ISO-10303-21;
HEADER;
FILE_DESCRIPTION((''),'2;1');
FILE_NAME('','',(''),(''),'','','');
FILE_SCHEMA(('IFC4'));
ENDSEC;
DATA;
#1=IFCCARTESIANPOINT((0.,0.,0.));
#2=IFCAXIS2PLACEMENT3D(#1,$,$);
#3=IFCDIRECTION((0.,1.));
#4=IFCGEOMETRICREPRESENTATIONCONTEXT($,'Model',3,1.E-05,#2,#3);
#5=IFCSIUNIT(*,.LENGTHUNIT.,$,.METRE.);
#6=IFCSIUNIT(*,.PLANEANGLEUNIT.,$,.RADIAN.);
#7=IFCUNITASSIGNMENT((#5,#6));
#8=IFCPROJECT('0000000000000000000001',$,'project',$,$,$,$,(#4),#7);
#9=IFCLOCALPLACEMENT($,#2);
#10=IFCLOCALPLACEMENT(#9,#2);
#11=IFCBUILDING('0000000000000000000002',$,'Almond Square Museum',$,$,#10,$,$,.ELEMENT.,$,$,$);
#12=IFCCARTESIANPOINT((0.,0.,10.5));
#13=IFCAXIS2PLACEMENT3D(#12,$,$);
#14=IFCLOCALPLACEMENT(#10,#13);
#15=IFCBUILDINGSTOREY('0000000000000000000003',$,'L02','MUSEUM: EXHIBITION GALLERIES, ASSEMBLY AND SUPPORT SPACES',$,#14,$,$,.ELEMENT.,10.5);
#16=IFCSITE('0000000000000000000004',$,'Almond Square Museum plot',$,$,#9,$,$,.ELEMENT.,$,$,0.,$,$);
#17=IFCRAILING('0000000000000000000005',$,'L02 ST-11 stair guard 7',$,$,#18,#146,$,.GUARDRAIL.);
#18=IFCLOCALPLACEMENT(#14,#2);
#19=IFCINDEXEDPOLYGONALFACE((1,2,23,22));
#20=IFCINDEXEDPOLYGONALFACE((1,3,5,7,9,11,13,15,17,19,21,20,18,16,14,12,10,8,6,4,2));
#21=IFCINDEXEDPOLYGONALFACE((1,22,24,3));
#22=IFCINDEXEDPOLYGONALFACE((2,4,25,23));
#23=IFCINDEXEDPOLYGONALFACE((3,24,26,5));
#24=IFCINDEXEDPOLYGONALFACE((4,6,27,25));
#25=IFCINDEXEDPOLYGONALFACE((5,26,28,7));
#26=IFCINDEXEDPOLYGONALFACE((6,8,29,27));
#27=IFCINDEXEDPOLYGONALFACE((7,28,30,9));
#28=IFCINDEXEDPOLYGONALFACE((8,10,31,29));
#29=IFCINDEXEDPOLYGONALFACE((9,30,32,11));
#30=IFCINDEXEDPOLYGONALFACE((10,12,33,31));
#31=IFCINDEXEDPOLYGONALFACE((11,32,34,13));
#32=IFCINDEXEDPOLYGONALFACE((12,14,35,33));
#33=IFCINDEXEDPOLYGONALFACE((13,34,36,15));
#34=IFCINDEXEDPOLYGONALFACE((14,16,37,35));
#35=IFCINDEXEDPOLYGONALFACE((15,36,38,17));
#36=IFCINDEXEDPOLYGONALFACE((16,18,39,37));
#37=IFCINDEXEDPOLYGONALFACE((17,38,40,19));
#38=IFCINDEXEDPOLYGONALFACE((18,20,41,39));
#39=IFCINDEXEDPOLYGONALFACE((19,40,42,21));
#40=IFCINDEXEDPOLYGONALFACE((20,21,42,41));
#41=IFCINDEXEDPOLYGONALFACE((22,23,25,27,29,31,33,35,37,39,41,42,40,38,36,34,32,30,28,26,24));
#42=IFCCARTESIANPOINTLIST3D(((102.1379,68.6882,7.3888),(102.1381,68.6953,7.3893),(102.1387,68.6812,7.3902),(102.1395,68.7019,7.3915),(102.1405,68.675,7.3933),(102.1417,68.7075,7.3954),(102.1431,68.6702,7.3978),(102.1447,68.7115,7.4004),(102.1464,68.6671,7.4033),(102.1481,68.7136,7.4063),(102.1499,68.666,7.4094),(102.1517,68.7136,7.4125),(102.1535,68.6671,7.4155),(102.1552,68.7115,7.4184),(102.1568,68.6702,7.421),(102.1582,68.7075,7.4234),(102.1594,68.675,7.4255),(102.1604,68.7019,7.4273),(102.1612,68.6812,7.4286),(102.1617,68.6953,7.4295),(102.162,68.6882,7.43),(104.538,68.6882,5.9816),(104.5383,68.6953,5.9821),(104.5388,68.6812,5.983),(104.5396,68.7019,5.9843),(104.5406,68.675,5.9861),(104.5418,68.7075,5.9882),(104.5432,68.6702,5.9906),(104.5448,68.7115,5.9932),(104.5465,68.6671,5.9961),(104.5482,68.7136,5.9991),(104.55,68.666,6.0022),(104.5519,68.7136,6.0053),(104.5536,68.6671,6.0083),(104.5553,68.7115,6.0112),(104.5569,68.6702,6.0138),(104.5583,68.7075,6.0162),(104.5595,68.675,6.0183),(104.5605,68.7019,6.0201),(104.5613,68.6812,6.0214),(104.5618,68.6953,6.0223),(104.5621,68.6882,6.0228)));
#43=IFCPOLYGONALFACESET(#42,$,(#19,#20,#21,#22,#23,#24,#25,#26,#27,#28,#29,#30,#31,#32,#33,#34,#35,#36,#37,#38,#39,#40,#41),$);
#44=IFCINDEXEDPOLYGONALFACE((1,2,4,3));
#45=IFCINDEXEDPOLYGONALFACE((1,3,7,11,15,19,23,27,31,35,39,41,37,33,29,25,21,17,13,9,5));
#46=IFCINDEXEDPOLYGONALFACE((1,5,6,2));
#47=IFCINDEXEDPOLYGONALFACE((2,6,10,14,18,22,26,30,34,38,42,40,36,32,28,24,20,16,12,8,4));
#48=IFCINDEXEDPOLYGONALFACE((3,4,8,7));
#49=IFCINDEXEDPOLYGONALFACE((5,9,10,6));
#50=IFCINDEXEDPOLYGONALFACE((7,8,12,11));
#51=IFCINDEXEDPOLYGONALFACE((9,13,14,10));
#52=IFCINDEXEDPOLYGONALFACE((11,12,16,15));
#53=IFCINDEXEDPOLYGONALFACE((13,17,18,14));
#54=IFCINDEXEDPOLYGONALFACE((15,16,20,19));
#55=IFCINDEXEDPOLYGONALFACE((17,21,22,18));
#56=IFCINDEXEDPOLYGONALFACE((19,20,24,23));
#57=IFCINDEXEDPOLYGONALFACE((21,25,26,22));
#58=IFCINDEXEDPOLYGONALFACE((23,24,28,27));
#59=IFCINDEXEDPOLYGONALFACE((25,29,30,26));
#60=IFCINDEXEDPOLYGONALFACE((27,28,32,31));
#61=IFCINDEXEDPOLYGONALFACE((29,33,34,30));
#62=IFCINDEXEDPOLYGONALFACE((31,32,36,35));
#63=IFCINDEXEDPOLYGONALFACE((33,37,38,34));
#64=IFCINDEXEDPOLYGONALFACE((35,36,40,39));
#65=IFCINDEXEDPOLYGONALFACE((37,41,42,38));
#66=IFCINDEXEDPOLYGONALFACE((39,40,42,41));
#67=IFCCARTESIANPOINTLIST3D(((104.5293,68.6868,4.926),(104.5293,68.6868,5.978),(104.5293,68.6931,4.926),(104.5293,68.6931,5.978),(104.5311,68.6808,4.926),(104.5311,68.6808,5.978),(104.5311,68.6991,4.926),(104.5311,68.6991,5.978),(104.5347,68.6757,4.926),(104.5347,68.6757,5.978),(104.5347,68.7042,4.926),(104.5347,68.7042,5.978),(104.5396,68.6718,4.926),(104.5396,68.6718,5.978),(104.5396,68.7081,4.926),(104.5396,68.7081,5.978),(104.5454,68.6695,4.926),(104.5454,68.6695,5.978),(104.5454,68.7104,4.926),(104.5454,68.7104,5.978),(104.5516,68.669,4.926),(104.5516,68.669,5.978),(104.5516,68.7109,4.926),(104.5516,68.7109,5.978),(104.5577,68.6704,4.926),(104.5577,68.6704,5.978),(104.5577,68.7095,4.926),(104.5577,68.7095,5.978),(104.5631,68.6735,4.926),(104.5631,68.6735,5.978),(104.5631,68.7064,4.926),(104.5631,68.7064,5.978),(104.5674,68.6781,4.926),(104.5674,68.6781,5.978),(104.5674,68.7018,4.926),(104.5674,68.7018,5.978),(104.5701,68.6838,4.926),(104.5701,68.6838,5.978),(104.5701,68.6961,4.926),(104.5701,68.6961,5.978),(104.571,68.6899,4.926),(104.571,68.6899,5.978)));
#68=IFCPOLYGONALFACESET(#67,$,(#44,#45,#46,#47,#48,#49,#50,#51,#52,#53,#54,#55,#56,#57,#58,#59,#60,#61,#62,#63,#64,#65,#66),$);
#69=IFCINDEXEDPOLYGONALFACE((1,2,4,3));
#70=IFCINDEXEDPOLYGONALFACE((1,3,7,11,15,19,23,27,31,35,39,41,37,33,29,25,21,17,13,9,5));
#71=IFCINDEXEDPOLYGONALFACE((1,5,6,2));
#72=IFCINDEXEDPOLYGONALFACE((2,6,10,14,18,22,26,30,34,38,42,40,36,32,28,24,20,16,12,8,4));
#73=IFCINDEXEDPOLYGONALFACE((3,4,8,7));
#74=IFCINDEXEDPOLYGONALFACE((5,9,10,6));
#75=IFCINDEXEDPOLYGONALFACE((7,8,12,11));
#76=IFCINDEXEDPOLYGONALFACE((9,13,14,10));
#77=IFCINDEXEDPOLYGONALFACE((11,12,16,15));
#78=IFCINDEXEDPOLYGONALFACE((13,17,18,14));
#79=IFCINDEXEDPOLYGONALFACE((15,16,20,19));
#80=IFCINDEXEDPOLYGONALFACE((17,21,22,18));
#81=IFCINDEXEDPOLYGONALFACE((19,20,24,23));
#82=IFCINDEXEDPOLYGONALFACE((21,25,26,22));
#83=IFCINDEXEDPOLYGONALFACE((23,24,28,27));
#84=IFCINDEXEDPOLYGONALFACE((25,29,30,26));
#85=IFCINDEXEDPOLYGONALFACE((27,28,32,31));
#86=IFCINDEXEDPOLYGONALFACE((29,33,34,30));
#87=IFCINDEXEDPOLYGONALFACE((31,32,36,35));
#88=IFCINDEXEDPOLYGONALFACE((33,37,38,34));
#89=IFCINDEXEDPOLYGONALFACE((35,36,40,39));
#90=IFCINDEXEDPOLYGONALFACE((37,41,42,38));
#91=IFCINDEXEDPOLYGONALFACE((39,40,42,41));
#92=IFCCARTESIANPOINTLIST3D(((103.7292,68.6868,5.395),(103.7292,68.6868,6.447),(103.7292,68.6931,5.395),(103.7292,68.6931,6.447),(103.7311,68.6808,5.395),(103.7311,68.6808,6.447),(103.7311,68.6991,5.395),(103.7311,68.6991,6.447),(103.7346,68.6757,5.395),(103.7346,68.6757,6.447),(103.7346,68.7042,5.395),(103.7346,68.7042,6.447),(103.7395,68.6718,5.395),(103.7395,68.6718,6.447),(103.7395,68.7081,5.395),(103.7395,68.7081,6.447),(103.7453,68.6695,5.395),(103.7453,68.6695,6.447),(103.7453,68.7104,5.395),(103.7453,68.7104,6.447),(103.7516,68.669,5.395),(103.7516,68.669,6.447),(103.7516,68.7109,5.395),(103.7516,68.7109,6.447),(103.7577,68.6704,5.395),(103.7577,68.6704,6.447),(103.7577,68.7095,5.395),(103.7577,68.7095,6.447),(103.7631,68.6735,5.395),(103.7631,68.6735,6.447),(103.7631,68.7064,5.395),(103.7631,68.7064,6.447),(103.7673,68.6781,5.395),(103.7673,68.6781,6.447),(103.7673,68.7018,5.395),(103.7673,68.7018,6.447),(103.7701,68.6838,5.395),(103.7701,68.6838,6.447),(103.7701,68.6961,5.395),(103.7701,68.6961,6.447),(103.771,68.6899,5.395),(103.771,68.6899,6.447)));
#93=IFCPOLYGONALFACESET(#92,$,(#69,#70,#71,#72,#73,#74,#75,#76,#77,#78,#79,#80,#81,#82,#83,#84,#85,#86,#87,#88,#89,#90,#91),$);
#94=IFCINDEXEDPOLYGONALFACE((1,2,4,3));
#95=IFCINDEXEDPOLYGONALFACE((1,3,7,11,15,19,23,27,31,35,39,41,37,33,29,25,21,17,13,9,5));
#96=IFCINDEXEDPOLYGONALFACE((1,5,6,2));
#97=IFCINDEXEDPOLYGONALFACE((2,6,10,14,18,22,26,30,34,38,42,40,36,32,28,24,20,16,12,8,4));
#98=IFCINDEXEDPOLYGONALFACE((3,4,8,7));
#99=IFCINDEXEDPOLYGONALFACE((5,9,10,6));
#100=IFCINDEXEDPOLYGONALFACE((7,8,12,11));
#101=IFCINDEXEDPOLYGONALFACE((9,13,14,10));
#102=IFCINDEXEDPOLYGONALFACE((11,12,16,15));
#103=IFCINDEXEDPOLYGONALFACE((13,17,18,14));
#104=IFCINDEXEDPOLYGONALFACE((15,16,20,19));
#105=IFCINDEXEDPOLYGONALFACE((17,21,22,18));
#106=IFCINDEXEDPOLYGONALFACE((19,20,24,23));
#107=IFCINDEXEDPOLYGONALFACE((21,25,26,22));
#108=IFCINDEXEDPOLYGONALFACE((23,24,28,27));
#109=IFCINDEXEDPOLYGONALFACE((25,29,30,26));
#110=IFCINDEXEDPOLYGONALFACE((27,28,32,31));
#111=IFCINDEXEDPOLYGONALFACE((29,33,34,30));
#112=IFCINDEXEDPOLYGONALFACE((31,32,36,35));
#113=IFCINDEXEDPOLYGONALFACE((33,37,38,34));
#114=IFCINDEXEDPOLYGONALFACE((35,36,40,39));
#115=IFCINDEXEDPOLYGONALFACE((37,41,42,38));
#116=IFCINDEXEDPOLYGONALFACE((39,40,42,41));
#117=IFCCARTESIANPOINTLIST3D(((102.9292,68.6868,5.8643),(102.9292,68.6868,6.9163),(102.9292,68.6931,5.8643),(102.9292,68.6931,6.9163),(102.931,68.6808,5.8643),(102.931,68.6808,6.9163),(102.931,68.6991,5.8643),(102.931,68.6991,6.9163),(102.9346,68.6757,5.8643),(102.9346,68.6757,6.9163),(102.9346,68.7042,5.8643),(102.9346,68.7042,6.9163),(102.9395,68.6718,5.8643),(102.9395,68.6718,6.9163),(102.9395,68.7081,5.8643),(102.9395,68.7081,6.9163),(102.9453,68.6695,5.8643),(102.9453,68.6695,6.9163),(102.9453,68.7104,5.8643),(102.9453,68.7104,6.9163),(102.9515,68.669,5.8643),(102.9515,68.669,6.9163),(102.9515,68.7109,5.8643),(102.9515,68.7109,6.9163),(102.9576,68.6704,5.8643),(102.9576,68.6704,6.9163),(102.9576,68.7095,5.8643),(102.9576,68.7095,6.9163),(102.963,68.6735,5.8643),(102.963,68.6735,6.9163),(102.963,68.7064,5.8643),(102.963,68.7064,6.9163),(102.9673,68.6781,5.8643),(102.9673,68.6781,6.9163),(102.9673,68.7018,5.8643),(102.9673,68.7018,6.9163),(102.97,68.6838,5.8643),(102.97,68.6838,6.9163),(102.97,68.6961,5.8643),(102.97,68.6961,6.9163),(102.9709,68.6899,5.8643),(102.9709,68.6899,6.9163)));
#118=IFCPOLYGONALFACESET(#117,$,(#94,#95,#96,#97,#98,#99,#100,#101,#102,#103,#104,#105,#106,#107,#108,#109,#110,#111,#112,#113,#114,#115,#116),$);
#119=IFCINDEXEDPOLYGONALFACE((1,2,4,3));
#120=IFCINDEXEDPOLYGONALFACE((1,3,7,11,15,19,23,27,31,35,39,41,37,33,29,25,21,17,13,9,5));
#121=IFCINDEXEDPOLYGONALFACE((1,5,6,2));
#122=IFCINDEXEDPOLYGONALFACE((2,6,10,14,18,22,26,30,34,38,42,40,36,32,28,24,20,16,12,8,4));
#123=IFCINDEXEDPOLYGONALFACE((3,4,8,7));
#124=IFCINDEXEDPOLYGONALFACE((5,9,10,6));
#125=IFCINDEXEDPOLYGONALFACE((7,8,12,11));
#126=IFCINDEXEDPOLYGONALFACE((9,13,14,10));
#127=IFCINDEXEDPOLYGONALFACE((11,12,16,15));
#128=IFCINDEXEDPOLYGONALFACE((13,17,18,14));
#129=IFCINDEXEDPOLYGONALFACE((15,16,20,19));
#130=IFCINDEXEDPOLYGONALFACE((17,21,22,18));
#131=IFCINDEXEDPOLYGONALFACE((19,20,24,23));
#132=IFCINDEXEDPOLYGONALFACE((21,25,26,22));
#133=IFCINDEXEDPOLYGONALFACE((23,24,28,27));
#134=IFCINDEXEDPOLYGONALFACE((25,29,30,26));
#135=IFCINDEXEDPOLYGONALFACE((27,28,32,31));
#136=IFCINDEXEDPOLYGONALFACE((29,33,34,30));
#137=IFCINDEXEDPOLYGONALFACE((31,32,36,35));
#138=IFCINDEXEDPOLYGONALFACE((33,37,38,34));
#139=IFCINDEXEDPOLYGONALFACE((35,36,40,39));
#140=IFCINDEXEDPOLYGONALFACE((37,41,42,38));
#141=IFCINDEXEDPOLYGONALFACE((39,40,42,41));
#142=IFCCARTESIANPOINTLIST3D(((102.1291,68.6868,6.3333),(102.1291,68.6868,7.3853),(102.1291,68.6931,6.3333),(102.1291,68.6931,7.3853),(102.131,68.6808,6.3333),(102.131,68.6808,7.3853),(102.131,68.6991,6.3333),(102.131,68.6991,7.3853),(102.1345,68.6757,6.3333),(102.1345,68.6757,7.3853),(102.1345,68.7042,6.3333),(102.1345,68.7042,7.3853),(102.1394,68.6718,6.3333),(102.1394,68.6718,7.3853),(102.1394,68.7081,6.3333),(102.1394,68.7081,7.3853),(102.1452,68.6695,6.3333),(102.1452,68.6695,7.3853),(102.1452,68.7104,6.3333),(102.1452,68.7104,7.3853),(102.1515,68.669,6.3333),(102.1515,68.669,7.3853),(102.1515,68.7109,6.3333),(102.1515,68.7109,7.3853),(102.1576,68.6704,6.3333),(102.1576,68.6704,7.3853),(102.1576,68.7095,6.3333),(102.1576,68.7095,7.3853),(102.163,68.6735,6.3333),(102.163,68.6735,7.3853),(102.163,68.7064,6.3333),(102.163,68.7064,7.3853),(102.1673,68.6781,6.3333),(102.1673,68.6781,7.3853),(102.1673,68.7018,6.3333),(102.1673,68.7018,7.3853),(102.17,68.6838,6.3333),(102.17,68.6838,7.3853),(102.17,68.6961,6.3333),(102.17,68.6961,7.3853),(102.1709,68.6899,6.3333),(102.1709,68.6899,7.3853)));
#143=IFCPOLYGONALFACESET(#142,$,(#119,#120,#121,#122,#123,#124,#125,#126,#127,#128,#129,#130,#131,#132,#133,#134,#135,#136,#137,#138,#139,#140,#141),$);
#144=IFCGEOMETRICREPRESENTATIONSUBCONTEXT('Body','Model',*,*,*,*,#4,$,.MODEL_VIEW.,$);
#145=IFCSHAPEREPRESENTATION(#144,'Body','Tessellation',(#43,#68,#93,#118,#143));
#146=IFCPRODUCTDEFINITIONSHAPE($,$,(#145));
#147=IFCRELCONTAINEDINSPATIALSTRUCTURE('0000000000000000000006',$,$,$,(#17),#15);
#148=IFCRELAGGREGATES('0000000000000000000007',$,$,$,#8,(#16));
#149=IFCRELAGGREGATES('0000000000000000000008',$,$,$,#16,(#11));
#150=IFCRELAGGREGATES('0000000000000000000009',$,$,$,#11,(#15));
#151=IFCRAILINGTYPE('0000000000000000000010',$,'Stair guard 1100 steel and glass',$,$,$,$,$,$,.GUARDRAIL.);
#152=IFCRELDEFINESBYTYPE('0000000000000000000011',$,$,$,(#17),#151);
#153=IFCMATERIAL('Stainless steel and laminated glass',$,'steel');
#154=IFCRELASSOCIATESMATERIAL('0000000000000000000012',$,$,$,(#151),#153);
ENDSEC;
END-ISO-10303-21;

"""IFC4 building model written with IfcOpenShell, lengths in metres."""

from ifc_helpers import new_model, si_unit, direction, frame, origin, origin_2d, place, context, subcontext, project, spatial, circle, extrude, material, type_object, element, save


model = new_model("IFC4")

# Units and contexts
model_context = context("Model", 3, precision=1e-05, world=origin(), true_north=direction((0.0, 1.0)))
body_context = subcontext(model_context, "Body", "Model", "MODEL_VIEW")
ifc_project = project(units=[si_unit("LENGTHUNIT", "METRE"), si_unit("PLANEANGLEUNIT", "RADIAN")], contexts=[model_context])

# Site, building, storey
site_placement = place(None, origin())
site = spatial("IfcSite", under=ifc_project, at=site_placement, Name="Almond Square Museum plot", CompositionType="ELEMENT", RefElevation=0.0)
building_placement = place(site_placement, origin())
building = spatial("IfcBuilding", under=site, at=building_placement, Name="Almond Square Museum", CompositionType="ELEMENT")
storey_placement = place(building_placement, frame((0.0, 0.0, 10.5)))
storey = spatial("IfcBuildingStorey", under=building, at=storey_placement, Name="L02", Description="MUSEUM: EXHIBITION GALLERIES, ASSEMBLY AND SUPPORT SPACES", CompositionType="ELEMENT", Elevation=10.5)

# Railing
ifc_material_1 = material(Name="Stainless steel and laminated glass", Category="steel")
railing_type_1 = type_object("IfcRailingType", Name="Stair guard 1100 steel and glass", PredefinedType="GUARDRAIL", material=ifc_material_1)
railing_1_placement = place(storey_placement, frame((104.55, 68.6899, 4.926)))
element("IfcRailing", 1, at=railing_1_placement, inside=storey, type_object=railing_type_1, Name="L02 ST-11 stair guard 7", PredefinedType="GUARDRAIL", context=body_context, shape_type="SweptSolid", body=[
    extrude(circle(Radius=0.0239, at=origin_2d()), frame((0.0, 0.0, 1.0762), z_axis=(-0.86266, 0.0, 0.505785), x_axis=(0.0, -1.0, 0.0)), (0.0, 0.0, 1.0), 2.7822),
    extrude(circle(Radius=0.021, at=origin_2d()), origin(), (0.0, 0.0, 1.0), 1.052),
    extrude(circle(Radius=0.021, at=origin_2d()), frame((-0.8, 0.0, 0.469)), (0.0, 0.0, 1.0), 1.052),
    extrude(circle(Radius=0.021, at=origin_2d()), frame((-1.6001, 0.0, 0.9382)), (0.0, 0.0, 1.0), 1.052),
    extrude(circle(Radius=0.021, at=origin_2d()), frame((-2.4001, 0.0, 1.4072)), (0.0, 0.0, 1.0), 1.052),
])

save(model, "model.ifc")
